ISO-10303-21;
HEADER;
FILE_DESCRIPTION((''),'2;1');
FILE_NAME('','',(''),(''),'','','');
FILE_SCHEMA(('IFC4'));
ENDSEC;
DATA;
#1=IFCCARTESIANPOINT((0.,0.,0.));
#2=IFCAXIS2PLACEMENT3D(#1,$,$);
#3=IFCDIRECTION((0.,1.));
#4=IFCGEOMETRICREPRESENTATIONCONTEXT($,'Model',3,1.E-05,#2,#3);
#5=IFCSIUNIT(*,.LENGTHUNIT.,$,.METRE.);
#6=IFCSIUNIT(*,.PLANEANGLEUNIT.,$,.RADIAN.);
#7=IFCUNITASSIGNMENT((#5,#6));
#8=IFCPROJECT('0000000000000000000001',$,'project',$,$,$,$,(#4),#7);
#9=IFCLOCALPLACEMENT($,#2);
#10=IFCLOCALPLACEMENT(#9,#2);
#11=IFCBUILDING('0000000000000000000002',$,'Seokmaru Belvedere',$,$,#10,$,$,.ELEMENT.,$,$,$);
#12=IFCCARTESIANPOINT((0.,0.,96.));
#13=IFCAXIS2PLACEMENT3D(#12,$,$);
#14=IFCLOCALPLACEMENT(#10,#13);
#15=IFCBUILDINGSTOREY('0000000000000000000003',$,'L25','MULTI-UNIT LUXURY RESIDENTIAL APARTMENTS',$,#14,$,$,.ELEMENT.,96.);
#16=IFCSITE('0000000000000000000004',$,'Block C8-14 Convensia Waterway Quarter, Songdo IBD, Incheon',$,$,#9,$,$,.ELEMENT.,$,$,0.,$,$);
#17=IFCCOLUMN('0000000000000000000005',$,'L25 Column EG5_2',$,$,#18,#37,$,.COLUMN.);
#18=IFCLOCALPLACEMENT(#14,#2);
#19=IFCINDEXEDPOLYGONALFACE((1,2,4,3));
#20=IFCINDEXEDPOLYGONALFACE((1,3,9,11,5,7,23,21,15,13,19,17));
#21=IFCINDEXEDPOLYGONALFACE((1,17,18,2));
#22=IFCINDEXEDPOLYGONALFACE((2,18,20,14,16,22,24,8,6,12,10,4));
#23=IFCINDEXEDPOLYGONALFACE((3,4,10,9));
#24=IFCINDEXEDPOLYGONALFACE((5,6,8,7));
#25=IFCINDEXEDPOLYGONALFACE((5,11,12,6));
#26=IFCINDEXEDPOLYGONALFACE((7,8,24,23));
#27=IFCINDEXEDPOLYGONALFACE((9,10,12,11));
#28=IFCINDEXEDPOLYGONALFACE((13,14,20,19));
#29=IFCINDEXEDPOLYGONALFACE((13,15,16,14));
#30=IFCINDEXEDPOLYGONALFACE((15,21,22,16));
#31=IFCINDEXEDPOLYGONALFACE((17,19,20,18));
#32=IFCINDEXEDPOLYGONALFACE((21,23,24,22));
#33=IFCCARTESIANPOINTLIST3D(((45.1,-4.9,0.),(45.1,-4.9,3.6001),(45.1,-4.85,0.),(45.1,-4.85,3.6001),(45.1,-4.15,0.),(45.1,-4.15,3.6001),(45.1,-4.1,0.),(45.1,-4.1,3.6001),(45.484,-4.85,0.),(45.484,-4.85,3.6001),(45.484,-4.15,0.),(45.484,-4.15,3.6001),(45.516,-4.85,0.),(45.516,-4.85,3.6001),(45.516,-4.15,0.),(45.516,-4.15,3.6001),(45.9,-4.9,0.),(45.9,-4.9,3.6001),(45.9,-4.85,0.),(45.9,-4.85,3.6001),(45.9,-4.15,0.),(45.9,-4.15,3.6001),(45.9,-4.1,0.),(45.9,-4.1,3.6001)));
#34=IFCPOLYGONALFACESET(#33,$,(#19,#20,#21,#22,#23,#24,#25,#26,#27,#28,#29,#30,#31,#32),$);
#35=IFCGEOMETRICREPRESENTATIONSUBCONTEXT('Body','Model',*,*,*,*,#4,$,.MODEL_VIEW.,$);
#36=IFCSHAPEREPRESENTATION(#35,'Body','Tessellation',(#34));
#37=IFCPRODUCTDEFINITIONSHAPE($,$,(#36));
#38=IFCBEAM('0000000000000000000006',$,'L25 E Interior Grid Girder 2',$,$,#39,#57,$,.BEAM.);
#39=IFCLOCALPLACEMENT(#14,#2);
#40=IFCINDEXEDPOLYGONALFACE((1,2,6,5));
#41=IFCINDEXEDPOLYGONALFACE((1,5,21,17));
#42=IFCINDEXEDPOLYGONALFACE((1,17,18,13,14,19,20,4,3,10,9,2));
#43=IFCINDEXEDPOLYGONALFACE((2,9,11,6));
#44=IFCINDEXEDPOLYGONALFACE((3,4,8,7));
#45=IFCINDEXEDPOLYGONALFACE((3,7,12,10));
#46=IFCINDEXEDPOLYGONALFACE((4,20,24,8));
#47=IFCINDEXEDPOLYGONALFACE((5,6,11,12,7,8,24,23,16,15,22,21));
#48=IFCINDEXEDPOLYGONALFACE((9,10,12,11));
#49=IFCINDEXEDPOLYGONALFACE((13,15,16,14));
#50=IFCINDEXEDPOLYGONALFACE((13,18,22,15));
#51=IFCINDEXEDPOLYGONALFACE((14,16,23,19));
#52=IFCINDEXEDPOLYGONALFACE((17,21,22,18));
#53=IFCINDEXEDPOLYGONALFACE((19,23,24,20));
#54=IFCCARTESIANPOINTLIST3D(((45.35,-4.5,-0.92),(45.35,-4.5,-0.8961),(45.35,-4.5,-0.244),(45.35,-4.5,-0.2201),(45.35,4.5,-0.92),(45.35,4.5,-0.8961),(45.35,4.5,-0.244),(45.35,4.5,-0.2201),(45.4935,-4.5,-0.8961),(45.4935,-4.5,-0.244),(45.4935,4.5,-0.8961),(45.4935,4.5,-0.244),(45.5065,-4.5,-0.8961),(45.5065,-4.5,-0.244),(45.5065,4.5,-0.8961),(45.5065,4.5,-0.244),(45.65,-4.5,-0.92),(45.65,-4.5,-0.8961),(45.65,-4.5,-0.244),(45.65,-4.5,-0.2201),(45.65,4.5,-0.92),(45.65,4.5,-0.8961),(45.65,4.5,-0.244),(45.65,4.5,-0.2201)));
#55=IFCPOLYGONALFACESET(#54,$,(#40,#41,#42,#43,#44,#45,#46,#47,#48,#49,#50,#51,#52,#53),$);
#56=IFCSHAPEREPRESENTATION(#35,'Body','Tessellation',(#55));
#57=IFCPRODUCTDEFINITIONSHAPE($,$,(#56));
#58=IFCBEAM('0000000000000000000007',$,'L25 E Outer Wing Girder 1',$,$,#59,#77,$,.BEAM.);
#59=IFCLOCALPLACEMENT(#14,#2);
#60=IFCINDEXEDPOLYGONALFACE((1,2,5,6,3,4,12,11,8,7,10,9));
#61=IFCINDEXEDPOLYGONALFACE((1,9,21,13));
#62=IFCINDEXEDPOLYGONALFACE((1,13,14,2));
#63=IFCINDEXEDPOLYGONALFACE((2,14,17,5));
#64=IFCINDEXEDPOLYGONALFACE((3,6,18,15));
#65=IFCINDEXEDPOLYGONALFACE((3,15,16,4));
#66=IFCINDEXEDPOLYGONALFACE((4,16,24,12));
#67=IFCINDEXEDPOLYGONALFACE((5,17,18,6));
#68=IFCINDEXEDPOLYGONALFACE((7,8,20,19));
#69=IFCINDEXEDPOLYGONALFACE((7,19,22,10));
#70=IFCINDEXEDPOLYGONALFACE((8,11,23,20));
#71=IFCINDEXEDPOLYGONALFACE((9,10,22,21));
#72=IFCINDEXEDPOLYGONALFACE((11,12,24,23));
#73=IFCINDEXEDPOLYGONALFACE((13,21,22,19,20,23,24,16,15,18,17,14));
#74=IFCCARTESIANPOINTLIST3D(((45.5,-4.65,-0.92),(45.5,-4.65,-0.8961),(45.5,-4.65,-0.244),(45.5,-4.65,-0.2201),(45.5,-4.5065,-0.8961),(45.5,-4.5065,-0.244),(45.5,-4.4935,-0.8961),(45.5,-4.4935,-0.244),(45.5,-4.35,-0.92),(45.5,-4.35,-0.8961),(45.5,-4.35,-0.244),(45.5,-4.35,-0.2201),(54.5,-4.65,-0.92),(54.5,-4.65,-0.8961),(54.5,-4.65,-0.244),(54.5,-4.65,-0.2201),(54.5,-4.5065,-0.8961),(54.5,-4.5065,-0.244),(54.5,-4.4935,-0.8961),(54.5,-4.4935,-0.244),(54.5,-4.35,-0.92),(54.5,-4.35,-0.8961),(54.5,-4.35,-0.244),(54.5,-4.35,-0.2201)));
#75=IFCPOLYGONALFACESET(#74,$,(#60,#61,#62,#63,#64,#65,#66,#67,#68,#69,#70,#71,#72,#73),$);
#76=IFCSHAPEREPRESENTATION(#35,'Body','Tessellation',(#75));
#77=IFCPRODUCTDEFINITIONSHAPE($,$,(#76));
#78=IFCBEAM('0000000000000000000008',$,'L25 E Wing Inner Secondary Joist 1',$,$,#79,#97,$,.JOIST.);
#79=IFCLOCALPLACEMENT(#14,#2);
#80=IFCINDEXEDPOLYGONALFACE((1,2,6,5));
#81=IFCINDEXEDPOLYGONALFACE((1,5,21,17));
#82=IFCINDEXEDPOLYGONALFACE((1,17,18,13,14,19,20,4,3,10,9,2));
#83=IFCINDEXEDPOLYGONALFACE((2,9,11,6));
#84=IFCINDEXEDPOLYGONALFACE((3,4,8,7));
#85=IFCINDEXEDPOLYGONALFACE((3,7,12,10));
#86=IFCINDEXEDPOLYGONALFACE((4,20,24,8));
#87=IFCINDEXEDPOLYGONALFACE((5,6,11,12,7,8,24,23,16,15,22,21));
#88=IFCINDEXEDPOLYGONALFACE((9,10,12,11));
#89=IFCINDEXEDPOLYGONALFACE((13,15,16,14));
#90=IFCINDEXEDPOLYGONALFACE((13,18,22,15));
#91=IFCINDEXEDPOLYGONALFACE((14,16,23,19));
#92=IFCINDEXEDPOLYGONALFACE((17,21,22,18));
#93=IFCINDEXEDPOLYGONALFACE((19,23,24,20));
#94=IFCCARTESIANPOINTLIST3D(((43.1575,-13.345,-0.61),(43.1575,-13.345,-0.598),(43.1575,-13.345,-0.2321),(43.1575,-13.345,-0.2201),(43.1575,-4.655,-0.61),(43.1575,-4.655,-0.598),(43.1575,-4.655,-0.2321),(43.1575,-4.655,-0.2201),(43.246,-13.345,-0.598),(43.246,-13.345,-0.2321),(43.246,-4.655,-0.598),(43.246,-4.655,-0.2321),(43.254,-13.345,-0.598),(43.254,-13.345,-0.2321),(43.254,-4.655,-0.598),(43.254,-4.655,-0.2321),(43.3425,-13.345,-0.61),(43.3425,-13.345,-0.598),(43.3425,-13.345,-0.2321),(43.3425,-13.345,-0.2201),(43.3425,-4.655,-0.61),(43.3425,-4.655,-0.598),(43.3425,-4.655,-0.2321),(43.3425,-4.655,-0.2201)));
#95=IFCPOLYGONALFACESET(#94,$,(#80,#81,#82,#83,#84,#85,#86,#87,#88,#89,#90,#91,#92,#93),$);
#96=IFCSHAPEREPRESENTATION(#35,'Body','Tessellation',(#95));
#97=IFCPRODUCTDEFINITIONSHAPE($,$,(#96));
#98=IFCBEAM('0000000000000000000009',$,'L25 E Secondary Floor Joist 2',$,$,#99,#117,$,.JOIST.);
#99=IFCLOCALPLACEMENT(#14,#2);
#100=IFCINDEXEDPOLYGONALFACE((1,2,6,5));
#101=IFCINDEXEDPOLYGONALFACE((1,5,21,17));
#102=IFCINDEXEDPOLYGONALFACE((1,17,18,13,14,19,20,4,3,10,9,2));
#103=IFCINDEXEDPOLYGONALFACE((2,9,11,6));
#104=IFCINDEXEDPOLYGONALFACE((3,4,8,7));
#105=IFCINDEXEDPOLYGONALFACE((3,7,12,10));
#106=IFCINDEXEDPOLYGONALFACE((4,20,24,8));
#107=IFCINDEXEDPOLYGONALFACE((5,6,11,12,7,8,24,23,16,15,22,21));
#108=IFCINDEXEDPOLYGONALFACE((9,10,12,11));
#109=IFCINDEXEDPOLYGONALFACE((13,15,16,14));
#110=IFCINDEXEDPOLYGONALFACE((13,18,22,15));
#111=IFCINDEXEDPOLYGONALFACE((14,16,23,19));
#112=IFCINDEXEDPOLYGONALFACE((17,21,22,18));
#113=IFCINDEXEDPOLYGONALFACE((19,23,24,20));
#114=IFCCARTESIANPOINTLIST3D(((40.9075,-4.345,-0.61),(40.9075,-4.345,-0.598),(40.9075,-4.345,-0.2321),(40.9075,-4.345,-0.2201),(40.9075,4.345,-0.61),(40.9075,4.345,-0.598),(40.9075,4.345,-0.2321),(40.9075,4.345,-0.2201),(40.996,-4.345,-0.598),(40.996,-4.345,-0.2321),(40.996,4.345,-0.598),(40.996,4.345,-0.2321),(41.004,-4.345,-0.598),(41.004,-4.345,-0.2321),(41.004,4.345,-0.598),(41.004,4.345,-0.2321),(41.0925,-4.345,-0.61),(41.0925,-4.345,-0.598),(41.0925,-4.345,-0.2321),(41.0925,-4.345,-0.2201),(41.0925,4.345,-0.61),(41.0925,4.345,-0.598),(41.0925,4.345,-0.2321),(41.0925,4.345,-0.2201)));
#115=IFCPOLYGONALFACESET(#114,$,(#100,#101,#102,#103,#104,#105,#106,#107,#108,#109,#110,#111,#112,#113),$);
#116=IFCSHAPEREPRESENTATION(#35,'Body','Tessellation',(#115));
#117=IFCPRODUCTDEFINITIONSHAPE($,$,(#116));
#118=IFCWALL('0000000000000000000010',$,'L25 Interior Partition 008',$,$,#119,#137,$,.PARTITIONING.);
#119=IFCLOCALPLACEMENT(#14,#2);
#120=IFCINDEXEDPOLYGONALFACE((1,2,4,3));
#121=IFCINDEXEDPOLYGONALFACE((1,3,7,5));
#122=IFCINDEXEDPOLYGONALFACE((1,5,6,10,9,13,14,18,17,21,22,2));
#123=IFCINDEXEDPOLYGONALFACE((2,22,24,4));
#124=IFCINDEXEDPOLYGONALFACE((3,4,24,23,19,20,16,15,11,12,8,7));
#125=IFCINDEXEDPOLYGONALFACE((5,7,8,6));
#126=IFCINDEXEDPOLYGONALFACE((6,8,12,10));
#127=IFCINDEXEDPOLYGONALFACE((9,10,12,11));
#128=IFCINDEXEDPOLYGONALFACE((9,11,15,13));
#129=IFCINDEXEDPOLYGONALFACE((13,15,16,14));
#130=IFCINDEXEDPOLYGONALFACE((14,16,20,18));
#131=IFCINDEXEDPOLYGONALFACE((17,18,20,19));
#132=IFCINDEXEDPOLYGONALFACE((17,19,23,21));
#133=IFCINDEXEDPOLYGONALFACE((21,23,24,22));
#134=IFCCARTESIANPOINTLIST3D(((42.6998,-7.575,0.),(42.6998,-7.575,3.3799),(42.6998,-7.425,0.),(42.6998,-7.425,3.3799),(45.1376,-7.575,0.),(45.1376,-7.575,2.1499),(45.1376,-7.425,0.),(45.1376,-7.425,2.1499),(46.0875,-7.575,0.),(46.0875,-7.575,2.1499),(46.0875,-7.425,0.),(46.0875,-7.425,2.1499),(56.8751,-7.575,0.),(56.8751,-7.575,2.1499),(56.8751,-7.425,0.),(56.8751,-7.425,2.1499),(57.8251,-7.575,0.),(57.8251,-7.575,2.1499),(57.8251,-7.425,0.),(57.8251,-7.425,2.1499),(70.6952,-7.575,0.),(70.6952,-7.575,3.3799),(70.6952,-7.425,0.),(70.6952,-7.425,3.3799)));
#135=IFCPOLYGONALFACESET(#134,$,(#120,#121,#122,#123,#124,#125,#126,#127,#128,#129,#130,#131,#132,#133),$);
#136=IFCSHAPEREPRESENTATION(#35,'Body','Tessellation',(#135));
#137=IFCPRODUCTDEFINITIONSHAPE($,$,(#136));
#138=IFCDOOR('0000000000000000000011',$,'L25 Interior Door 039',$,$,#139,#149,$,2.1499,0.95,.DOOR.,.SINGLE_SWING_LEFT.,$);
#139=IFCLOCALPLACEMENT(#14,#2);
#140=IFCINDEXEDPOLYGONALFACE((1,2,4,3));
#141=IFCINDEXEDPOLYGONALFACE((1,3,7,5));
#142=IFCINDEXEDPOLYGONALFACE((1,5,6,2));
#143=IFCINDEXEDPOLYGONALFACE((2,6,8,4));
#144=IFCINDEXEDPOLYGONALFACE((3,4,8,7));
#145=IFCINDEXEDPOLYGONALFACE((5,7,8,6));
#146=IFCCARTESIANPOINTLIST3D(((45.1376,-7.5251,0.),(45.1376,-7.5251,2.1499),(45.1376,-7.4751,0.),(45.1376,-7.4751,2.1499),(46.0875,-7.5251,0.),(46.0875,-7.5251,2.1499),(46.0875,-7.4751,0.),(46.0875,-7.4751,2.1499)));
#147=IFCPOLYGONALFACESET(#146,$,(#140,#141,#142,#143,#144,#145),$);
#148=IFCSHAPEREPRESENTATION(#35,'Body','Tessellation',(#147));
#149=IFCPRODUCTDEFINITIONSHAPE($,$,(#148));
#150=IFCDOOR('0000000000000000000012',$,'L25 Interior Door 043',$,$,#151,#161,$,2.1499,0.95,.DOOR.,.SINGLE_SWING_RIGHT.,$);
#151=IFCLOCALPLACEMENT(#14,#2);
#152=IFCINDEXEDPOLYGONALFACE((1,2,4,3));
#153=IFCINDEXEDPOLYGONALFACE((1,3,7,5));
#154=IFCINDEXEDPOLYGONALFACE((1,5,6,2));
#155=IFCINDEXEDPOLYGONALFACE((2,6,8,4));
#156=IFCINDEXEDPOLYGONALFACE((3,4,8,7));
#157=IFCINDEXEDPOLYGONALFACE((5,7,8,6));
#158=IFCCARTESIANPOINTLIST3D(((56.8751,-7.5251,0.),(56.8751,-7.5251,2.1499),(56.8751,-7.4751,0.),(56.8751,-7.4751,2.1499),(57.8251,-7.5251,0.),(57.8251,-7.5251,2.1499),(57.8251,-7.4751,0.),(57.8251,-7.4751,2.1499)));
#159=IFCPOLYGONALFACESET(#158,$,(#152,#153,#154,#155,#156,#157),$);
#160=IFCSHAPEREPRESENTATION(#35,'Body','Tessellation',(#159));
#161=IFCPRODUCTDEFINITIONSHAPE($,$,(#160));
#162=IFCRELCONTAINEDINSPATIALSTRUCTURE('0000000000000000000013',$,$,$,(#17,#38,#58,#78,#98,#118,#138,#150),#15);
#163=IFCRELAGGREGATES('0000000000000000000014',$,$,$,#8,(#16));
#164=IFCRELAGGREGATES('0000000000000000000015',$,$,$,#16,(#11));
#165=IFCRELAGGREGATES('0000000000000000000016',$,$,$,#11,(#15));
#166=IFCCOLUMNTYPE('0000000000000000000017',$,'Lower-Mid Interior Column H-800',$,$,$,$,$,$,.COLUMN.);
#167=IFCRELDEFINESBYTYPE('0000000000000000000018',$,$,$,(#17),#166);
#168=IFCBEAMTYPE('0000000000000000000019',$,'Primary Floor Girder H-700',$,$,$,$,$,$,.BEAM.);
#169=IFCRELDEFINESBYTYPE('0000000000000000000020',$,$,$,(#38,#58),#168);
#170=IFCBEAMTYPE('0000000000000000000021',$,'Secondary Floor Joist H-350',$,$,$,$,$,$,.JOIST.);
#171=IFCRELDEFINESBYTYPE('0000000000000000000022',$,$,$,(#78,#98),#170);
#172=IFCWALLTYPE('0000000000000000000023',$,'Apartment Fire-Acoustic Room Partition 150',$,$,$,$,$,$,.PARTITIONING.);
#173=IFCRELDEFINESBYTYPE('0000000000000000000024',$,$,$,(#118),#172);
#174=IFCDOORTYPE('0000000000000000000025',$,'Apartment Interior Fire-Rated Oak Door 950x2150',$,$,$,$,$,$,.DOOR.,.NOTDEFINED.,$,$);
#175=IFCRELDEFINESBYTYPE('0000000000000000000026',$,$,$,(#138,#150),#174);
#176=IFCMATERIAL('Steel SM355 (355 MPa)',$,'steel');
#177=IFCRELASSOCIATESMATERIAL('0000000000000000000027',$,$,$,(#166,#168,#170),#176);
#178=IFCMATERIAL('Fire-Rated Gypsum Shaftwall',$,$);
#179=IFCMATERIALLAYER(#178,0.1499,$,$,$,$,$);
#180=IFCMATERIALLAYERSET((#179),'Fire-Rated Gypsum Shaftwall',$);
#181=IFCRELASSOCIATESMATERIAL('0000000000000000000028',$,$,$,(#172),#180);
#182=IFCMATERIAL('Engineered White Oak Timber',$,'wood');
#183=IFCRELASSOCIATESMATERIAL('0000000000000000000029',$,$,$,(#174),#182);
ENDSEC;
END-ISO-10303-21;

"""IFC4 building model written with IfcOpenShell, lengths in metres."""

from ifc_helpers import new_model, si_unit, direction, frame, frame_2d, origin, origin_2d, place, context, subcontext, project, spatial, rectangle, i_section, extrude, source, transform, mapped, material, layer, layer_set, material_profile, profile_set, type_object, type_shapes, element, fill, save


model = new_model("IFC4")

# Units and contexts
model_context = context("Model", 3, precision=1e-05, world=origin(), true_north=direction((0.0, 1.0)))
body_context = subcontext(model_context, "Body", "Model", "MODEL_VIEW")
ifc_project = project(units=[si_unit("LENGTHUNIT", "METRE"), si_unit("PLANEANGLEUNIT", "RADIAN")], contexts=[model_context])

# Site, building, storey
site_placement = place(None, origin())
site = spatial("IfcSite", under=ifc_project, at=site_placement, Name="Block C8-14 Convensia Waterway Quarter, Songdo IBD, Incheon", CompositionType="ELEMENT", RefElevation=0.0)
building_placement = place(site_placement, origin())
building = spatial("IfcBuilding", under=site, at=building_placement, Name="Seokmaru Belvedere", CompositionType="ELEMENT")
storey_placement = place(building_placement, frame((0.0, 0.0, 96.0)))
storey = spatial("IfcBuildingStorey", under=building, at=storey_placement, Name="L25", Description="MULTI-UNIT LUXURY RESIDENTIAL APARTMENTS", CompositionType="ELEMENT", Elevation=96.0)

# Column
ifc_material_1 = material(Name="Steel SM355 (355 MPa)", Category="steel")
ifc_material_profile_1 = material_profile(ifc_material_1, i_section(OverallWidth=0.8, OverallDepth=0.8, WebThickness=0.032, FlangeThickness=0.05, at=origin_2d()), Name="H-800x800x32x50")
ifc_profile_set_1 = profile_set([ifc_material_profile_1], Name="Steel SM355 (355 MPa)")
column_type = type_object("IfcColumnType", Name="Lower-Mid Interior Column H-800", PredefinedType="COLUMN", material=ifc_profile_set_1)
shared_shape_1 = source(origin(), body_context, "Body", "SweptSolid", [
    extrude(i_section(OverallWidth=0.8, OverallDepth=0.8, WebThickness=0.032, FlangeThickness=0.05, at=origin_2d()), origin(), (0.0, 0.0, 1.0), 3.6001),
])
type_shapes(column_type, [shared_shape_1])
column_placement = place(storey_placement, frame((45.5, -4.5, 0.0), z_axis=(0.0, 0.0, 1.0), x_axis=(1.0, 0.0, 0.0)))
element("IfcColumn", 1, at=column_placement, inside=storey, type_object=column_type, Name="L25 Column EG5_2", PredefinedType="COLUMN", context=body_context, shape_type="MappedRepresentation", body=[
    mapped(shared_shape_1, transform((0.0, 0.0, 0.0), scale=1.0)),
])

# Beams
ifc_material_profile_2 = material_profile(ifc_material_1, i_section(OverallWidth=0.3, OverallDepth=0.7, WebThickness=0.0129, FlangeThickness=0.0239, at=origin_2d()), Name="H-700x300x13x24")
ifc_profile_set_2 = profile_set([ifc_material_profile_2], Name="Steel SM355 (355 MPa)")
beam_type_1 = type_object("IfcBeamType", Name="Primary Floor Girder H-700", PredefinedType="BEAM", material=ifc_profile_set_2)
shared_shape_2 = source(origin(), body_context, "Body", "SweptSolid", [
    extrude(i_section(OverallWidth=0.3, OverallDepth=0.7, WebThickness=0.0129, FlangeThickness=0.0239, at=origin_2d()), origin(), (0.0, 0.0, 1.0), 9.0),
])
type_shapes(beam_type_1, [shared_shape_2])
for number, where, z_axis, x_axis, name in (
    (2, (45.5, -4.5, -0.5701), (0.0, 1.0, 0.0), (-1.0, 0.0, 0.0), "L25 E Interior Grid Girder 2"),
    (3, (45.5, -4.5, -0.5701), (1.0, 0.0, 0.0), (0.0, 1.0, 0.0), "L25 E Outer Wing Girder 1"),
):
    element("IfcBeam", number, at=place(storey_placement, frame(where, z_axis=z_axis, x_axis=x_axis)), inside=storey, type_object=beam_type_1, Name=name, PredefinedType="BEAM", context=body_context, shape_type="MappedRepresentation", body=[
        mapped(shared_shape_2, transform((0.0, 0.0, 0.0), scale=1.0)),
    ])
ifc_material_profile_3 = material_profile(ifc_material_1, i_section(OverallWidth=0.1851, OverallDepth=0.3899, WebThickness=0.0081, FlangeThickness=0.012, at=origin_2d()), Name="H-390x185x8x12")
ifc_profile_set_3 = profile_set([ifc_material_profile_3], Name="Steel SM355 (355 MPa)")
beam_type_2 = type_object("IfcBeamType", Name="Secondary Floor Joist H-350", PredefinedType="JOIST", material=ifc_profile_set_3)
shared_shape_3 = source(origin(), body_context, "Body", "SweptSolid", [
    extrude(i_section(OverallWidth=0.1851, OverallDepth=0.3899, WebThickness=0.0081, FlangeThickness=0.012, at=origin_2d()), origin(), (0.0, 0.0, 1.0), 8.6899),
])
type_shapes(beam_type_2, [shared_shape_3])
for number, where, z_axis, x_axis, name in (
    (4, (43.25, -13.345, -0.415), (0.0, 1.0, 0.0), (-1.0, 0.0, 0.0), "L25 E Wing Inner Secondary Joist 1"),
    (5, (41.0, -4.345, -0.415), (0.0, 1.0, 0.0), (-1.0, 0.0, 0.0), "L25 E Secondary Floor Joist 2"),
):
    element("IfcBeam", number, at=place(storey_placement, frame(where, z_axis=z_axis, x_axis=x_axis)), inside=storey, type_object=beam_type_2, Name=name, PredefinedType="JOIST", context=body_context, shape_type="MappedRepresentation", body=[
        mapped(shared_shape_3, transform((0.0, 0.0, 0.0), scale=1.0)),
    ])

# Wall, openings, doors
ifc_material_2 = material(Name="Fire-Rated Gypsum Shaftwall")
ifc_layer_1 = layer(ifc_material_2, 0.1499)
ifc_layer_set_1 = layer_set([ifc_layer_1], Name="Fire-Rated Gypsum Shaftwall")
wall_type_1 = type_object("IfcWallType", Name="Apartment Fire-Acoustic Room Partition 150", PredefinedType="PARTITIONING", material=ifc_layer_set_1)
wall_1_placement = place(storey_placement, frame((42.7, -7.5, 0.0), z_axis=(0.0, 0.0, 1.0), x_axis=(1.0, 0.0, 0.0)))
wall_1 = element("IfcWall", 6, at=wall_1_placement, inside=storey, type_object=wall_type_1, Name="L25 Interior Partition 008", PredefinedType="PARTITIONING", context=body_context, shape_type="SweptSolid", body=[
    extrude(rectangle(XDim=27.9954, YDim=0.1499, at=frame_2d((13.9976, 0.0))), origin(), (0.0, 0.0, 1.0), 3.3799),
])
opening_1_placement = place(wall_1_placement, frame((2.4375, 0.0, 0.0)))
opening_1 = element("IfcOpeningElement", 7, at=opening_1_placement, cuts=wall_1, PredefinedType="OPENING", context=body_context, shape_type="SweptSolid", body=[
    extrude(rectangle(XDim=0.95, YDim=2.1499, at=frame_2d((0.4751, 1.075))), frame((0.0, 0.085, 0.0), z_axis=(0.0, -1.0, 0.0), x_axis=(1.0, 0.0, 0.0)), (0.0, 0.0, 1.0), 0.1699),
])
opening_2_placement = place(wall_1_placement, frame((14.175, 0.0, 0.0)))
opening_2 = element("IfcOpeningElement", 8, at=opening_2_placement, cuts=wall_1, PredefinedType="OPENING", context=body_context, shape_type="SweptSolid", body=[
    extrude(rectangle(XDim=0.95, YDim=2.1499, at=frame_2d((0.4751, 1.075))), frame((0.0, 0.085, 0.0), z_axis=(0.0, -1.0, 0.0), x_axis=(1.0, 0.0, 0.0)), (0.0, 0.0, 1.0), 0.1699),
])
ifc_material_3 = material(Name="Engineered White Oak Timber", Category="wood")
door_type_1 = type_object("IfcDoorType", Name="Apartment Interior Fire-Rated Oak Door 950x2150", OperationType="NOTDEFINED", PredefinedType="DOOR", material=ifc_material_3)
shared_shape_4 = source(origin(), body_context, "Body", "SweptSolid", [
    extrude(rectangle(XDim=0.95, YDim=2.1499, at=frame_2d((0.4751, 1.075))), frame((0.0, 0.0249, 0.0), z_axis=(0.0, -1.0, 0.0), x_axis=(1.0, 0.0, 0.0)), (0.0, 0.0, 1.0), 0.05),
])
type_shapes(door_type_1, [shared_shape_4])
door_1_placement = place(opening_1_placement, origin())
door_1 = element("IfcDoor", 9, at=door_1_placement, inside=storey, type_object=door_type_1, Name="L25 Interior Door 039", OperationType="SINGLE_SWING_LEFT", OverallHeight=2.1499, OverallWidth=0.95, PredefinedType="DOOR", context=body_context, shape_type="MappedRepresentation", body=[
    mapped(shared_shape_4, transform((0.0, 0.0, 0.0), scale=1.0)),
])
fill(opening_1, door_1)
door_2_placement = place(opening_2_placement, origin())
door_2 = element("IfcDoor", 10, at=door_2_placement, inside=storey, type_object=door_type_1, Name="L25 Interior Door 043", OperationType="SINGLE_SWING_RIGHT", OverallHeight=2.1499, OverallWidth=0.95, PredefinedType="DOOR", context=body_context, shape_type="MappedRepresentation", body=[
    mapped(shared_shape_4, transform((0.0, 0.0, 0.0), scale=1.0)),
])
fill(opening_2, door_2)

save(model, "model.ifc")
